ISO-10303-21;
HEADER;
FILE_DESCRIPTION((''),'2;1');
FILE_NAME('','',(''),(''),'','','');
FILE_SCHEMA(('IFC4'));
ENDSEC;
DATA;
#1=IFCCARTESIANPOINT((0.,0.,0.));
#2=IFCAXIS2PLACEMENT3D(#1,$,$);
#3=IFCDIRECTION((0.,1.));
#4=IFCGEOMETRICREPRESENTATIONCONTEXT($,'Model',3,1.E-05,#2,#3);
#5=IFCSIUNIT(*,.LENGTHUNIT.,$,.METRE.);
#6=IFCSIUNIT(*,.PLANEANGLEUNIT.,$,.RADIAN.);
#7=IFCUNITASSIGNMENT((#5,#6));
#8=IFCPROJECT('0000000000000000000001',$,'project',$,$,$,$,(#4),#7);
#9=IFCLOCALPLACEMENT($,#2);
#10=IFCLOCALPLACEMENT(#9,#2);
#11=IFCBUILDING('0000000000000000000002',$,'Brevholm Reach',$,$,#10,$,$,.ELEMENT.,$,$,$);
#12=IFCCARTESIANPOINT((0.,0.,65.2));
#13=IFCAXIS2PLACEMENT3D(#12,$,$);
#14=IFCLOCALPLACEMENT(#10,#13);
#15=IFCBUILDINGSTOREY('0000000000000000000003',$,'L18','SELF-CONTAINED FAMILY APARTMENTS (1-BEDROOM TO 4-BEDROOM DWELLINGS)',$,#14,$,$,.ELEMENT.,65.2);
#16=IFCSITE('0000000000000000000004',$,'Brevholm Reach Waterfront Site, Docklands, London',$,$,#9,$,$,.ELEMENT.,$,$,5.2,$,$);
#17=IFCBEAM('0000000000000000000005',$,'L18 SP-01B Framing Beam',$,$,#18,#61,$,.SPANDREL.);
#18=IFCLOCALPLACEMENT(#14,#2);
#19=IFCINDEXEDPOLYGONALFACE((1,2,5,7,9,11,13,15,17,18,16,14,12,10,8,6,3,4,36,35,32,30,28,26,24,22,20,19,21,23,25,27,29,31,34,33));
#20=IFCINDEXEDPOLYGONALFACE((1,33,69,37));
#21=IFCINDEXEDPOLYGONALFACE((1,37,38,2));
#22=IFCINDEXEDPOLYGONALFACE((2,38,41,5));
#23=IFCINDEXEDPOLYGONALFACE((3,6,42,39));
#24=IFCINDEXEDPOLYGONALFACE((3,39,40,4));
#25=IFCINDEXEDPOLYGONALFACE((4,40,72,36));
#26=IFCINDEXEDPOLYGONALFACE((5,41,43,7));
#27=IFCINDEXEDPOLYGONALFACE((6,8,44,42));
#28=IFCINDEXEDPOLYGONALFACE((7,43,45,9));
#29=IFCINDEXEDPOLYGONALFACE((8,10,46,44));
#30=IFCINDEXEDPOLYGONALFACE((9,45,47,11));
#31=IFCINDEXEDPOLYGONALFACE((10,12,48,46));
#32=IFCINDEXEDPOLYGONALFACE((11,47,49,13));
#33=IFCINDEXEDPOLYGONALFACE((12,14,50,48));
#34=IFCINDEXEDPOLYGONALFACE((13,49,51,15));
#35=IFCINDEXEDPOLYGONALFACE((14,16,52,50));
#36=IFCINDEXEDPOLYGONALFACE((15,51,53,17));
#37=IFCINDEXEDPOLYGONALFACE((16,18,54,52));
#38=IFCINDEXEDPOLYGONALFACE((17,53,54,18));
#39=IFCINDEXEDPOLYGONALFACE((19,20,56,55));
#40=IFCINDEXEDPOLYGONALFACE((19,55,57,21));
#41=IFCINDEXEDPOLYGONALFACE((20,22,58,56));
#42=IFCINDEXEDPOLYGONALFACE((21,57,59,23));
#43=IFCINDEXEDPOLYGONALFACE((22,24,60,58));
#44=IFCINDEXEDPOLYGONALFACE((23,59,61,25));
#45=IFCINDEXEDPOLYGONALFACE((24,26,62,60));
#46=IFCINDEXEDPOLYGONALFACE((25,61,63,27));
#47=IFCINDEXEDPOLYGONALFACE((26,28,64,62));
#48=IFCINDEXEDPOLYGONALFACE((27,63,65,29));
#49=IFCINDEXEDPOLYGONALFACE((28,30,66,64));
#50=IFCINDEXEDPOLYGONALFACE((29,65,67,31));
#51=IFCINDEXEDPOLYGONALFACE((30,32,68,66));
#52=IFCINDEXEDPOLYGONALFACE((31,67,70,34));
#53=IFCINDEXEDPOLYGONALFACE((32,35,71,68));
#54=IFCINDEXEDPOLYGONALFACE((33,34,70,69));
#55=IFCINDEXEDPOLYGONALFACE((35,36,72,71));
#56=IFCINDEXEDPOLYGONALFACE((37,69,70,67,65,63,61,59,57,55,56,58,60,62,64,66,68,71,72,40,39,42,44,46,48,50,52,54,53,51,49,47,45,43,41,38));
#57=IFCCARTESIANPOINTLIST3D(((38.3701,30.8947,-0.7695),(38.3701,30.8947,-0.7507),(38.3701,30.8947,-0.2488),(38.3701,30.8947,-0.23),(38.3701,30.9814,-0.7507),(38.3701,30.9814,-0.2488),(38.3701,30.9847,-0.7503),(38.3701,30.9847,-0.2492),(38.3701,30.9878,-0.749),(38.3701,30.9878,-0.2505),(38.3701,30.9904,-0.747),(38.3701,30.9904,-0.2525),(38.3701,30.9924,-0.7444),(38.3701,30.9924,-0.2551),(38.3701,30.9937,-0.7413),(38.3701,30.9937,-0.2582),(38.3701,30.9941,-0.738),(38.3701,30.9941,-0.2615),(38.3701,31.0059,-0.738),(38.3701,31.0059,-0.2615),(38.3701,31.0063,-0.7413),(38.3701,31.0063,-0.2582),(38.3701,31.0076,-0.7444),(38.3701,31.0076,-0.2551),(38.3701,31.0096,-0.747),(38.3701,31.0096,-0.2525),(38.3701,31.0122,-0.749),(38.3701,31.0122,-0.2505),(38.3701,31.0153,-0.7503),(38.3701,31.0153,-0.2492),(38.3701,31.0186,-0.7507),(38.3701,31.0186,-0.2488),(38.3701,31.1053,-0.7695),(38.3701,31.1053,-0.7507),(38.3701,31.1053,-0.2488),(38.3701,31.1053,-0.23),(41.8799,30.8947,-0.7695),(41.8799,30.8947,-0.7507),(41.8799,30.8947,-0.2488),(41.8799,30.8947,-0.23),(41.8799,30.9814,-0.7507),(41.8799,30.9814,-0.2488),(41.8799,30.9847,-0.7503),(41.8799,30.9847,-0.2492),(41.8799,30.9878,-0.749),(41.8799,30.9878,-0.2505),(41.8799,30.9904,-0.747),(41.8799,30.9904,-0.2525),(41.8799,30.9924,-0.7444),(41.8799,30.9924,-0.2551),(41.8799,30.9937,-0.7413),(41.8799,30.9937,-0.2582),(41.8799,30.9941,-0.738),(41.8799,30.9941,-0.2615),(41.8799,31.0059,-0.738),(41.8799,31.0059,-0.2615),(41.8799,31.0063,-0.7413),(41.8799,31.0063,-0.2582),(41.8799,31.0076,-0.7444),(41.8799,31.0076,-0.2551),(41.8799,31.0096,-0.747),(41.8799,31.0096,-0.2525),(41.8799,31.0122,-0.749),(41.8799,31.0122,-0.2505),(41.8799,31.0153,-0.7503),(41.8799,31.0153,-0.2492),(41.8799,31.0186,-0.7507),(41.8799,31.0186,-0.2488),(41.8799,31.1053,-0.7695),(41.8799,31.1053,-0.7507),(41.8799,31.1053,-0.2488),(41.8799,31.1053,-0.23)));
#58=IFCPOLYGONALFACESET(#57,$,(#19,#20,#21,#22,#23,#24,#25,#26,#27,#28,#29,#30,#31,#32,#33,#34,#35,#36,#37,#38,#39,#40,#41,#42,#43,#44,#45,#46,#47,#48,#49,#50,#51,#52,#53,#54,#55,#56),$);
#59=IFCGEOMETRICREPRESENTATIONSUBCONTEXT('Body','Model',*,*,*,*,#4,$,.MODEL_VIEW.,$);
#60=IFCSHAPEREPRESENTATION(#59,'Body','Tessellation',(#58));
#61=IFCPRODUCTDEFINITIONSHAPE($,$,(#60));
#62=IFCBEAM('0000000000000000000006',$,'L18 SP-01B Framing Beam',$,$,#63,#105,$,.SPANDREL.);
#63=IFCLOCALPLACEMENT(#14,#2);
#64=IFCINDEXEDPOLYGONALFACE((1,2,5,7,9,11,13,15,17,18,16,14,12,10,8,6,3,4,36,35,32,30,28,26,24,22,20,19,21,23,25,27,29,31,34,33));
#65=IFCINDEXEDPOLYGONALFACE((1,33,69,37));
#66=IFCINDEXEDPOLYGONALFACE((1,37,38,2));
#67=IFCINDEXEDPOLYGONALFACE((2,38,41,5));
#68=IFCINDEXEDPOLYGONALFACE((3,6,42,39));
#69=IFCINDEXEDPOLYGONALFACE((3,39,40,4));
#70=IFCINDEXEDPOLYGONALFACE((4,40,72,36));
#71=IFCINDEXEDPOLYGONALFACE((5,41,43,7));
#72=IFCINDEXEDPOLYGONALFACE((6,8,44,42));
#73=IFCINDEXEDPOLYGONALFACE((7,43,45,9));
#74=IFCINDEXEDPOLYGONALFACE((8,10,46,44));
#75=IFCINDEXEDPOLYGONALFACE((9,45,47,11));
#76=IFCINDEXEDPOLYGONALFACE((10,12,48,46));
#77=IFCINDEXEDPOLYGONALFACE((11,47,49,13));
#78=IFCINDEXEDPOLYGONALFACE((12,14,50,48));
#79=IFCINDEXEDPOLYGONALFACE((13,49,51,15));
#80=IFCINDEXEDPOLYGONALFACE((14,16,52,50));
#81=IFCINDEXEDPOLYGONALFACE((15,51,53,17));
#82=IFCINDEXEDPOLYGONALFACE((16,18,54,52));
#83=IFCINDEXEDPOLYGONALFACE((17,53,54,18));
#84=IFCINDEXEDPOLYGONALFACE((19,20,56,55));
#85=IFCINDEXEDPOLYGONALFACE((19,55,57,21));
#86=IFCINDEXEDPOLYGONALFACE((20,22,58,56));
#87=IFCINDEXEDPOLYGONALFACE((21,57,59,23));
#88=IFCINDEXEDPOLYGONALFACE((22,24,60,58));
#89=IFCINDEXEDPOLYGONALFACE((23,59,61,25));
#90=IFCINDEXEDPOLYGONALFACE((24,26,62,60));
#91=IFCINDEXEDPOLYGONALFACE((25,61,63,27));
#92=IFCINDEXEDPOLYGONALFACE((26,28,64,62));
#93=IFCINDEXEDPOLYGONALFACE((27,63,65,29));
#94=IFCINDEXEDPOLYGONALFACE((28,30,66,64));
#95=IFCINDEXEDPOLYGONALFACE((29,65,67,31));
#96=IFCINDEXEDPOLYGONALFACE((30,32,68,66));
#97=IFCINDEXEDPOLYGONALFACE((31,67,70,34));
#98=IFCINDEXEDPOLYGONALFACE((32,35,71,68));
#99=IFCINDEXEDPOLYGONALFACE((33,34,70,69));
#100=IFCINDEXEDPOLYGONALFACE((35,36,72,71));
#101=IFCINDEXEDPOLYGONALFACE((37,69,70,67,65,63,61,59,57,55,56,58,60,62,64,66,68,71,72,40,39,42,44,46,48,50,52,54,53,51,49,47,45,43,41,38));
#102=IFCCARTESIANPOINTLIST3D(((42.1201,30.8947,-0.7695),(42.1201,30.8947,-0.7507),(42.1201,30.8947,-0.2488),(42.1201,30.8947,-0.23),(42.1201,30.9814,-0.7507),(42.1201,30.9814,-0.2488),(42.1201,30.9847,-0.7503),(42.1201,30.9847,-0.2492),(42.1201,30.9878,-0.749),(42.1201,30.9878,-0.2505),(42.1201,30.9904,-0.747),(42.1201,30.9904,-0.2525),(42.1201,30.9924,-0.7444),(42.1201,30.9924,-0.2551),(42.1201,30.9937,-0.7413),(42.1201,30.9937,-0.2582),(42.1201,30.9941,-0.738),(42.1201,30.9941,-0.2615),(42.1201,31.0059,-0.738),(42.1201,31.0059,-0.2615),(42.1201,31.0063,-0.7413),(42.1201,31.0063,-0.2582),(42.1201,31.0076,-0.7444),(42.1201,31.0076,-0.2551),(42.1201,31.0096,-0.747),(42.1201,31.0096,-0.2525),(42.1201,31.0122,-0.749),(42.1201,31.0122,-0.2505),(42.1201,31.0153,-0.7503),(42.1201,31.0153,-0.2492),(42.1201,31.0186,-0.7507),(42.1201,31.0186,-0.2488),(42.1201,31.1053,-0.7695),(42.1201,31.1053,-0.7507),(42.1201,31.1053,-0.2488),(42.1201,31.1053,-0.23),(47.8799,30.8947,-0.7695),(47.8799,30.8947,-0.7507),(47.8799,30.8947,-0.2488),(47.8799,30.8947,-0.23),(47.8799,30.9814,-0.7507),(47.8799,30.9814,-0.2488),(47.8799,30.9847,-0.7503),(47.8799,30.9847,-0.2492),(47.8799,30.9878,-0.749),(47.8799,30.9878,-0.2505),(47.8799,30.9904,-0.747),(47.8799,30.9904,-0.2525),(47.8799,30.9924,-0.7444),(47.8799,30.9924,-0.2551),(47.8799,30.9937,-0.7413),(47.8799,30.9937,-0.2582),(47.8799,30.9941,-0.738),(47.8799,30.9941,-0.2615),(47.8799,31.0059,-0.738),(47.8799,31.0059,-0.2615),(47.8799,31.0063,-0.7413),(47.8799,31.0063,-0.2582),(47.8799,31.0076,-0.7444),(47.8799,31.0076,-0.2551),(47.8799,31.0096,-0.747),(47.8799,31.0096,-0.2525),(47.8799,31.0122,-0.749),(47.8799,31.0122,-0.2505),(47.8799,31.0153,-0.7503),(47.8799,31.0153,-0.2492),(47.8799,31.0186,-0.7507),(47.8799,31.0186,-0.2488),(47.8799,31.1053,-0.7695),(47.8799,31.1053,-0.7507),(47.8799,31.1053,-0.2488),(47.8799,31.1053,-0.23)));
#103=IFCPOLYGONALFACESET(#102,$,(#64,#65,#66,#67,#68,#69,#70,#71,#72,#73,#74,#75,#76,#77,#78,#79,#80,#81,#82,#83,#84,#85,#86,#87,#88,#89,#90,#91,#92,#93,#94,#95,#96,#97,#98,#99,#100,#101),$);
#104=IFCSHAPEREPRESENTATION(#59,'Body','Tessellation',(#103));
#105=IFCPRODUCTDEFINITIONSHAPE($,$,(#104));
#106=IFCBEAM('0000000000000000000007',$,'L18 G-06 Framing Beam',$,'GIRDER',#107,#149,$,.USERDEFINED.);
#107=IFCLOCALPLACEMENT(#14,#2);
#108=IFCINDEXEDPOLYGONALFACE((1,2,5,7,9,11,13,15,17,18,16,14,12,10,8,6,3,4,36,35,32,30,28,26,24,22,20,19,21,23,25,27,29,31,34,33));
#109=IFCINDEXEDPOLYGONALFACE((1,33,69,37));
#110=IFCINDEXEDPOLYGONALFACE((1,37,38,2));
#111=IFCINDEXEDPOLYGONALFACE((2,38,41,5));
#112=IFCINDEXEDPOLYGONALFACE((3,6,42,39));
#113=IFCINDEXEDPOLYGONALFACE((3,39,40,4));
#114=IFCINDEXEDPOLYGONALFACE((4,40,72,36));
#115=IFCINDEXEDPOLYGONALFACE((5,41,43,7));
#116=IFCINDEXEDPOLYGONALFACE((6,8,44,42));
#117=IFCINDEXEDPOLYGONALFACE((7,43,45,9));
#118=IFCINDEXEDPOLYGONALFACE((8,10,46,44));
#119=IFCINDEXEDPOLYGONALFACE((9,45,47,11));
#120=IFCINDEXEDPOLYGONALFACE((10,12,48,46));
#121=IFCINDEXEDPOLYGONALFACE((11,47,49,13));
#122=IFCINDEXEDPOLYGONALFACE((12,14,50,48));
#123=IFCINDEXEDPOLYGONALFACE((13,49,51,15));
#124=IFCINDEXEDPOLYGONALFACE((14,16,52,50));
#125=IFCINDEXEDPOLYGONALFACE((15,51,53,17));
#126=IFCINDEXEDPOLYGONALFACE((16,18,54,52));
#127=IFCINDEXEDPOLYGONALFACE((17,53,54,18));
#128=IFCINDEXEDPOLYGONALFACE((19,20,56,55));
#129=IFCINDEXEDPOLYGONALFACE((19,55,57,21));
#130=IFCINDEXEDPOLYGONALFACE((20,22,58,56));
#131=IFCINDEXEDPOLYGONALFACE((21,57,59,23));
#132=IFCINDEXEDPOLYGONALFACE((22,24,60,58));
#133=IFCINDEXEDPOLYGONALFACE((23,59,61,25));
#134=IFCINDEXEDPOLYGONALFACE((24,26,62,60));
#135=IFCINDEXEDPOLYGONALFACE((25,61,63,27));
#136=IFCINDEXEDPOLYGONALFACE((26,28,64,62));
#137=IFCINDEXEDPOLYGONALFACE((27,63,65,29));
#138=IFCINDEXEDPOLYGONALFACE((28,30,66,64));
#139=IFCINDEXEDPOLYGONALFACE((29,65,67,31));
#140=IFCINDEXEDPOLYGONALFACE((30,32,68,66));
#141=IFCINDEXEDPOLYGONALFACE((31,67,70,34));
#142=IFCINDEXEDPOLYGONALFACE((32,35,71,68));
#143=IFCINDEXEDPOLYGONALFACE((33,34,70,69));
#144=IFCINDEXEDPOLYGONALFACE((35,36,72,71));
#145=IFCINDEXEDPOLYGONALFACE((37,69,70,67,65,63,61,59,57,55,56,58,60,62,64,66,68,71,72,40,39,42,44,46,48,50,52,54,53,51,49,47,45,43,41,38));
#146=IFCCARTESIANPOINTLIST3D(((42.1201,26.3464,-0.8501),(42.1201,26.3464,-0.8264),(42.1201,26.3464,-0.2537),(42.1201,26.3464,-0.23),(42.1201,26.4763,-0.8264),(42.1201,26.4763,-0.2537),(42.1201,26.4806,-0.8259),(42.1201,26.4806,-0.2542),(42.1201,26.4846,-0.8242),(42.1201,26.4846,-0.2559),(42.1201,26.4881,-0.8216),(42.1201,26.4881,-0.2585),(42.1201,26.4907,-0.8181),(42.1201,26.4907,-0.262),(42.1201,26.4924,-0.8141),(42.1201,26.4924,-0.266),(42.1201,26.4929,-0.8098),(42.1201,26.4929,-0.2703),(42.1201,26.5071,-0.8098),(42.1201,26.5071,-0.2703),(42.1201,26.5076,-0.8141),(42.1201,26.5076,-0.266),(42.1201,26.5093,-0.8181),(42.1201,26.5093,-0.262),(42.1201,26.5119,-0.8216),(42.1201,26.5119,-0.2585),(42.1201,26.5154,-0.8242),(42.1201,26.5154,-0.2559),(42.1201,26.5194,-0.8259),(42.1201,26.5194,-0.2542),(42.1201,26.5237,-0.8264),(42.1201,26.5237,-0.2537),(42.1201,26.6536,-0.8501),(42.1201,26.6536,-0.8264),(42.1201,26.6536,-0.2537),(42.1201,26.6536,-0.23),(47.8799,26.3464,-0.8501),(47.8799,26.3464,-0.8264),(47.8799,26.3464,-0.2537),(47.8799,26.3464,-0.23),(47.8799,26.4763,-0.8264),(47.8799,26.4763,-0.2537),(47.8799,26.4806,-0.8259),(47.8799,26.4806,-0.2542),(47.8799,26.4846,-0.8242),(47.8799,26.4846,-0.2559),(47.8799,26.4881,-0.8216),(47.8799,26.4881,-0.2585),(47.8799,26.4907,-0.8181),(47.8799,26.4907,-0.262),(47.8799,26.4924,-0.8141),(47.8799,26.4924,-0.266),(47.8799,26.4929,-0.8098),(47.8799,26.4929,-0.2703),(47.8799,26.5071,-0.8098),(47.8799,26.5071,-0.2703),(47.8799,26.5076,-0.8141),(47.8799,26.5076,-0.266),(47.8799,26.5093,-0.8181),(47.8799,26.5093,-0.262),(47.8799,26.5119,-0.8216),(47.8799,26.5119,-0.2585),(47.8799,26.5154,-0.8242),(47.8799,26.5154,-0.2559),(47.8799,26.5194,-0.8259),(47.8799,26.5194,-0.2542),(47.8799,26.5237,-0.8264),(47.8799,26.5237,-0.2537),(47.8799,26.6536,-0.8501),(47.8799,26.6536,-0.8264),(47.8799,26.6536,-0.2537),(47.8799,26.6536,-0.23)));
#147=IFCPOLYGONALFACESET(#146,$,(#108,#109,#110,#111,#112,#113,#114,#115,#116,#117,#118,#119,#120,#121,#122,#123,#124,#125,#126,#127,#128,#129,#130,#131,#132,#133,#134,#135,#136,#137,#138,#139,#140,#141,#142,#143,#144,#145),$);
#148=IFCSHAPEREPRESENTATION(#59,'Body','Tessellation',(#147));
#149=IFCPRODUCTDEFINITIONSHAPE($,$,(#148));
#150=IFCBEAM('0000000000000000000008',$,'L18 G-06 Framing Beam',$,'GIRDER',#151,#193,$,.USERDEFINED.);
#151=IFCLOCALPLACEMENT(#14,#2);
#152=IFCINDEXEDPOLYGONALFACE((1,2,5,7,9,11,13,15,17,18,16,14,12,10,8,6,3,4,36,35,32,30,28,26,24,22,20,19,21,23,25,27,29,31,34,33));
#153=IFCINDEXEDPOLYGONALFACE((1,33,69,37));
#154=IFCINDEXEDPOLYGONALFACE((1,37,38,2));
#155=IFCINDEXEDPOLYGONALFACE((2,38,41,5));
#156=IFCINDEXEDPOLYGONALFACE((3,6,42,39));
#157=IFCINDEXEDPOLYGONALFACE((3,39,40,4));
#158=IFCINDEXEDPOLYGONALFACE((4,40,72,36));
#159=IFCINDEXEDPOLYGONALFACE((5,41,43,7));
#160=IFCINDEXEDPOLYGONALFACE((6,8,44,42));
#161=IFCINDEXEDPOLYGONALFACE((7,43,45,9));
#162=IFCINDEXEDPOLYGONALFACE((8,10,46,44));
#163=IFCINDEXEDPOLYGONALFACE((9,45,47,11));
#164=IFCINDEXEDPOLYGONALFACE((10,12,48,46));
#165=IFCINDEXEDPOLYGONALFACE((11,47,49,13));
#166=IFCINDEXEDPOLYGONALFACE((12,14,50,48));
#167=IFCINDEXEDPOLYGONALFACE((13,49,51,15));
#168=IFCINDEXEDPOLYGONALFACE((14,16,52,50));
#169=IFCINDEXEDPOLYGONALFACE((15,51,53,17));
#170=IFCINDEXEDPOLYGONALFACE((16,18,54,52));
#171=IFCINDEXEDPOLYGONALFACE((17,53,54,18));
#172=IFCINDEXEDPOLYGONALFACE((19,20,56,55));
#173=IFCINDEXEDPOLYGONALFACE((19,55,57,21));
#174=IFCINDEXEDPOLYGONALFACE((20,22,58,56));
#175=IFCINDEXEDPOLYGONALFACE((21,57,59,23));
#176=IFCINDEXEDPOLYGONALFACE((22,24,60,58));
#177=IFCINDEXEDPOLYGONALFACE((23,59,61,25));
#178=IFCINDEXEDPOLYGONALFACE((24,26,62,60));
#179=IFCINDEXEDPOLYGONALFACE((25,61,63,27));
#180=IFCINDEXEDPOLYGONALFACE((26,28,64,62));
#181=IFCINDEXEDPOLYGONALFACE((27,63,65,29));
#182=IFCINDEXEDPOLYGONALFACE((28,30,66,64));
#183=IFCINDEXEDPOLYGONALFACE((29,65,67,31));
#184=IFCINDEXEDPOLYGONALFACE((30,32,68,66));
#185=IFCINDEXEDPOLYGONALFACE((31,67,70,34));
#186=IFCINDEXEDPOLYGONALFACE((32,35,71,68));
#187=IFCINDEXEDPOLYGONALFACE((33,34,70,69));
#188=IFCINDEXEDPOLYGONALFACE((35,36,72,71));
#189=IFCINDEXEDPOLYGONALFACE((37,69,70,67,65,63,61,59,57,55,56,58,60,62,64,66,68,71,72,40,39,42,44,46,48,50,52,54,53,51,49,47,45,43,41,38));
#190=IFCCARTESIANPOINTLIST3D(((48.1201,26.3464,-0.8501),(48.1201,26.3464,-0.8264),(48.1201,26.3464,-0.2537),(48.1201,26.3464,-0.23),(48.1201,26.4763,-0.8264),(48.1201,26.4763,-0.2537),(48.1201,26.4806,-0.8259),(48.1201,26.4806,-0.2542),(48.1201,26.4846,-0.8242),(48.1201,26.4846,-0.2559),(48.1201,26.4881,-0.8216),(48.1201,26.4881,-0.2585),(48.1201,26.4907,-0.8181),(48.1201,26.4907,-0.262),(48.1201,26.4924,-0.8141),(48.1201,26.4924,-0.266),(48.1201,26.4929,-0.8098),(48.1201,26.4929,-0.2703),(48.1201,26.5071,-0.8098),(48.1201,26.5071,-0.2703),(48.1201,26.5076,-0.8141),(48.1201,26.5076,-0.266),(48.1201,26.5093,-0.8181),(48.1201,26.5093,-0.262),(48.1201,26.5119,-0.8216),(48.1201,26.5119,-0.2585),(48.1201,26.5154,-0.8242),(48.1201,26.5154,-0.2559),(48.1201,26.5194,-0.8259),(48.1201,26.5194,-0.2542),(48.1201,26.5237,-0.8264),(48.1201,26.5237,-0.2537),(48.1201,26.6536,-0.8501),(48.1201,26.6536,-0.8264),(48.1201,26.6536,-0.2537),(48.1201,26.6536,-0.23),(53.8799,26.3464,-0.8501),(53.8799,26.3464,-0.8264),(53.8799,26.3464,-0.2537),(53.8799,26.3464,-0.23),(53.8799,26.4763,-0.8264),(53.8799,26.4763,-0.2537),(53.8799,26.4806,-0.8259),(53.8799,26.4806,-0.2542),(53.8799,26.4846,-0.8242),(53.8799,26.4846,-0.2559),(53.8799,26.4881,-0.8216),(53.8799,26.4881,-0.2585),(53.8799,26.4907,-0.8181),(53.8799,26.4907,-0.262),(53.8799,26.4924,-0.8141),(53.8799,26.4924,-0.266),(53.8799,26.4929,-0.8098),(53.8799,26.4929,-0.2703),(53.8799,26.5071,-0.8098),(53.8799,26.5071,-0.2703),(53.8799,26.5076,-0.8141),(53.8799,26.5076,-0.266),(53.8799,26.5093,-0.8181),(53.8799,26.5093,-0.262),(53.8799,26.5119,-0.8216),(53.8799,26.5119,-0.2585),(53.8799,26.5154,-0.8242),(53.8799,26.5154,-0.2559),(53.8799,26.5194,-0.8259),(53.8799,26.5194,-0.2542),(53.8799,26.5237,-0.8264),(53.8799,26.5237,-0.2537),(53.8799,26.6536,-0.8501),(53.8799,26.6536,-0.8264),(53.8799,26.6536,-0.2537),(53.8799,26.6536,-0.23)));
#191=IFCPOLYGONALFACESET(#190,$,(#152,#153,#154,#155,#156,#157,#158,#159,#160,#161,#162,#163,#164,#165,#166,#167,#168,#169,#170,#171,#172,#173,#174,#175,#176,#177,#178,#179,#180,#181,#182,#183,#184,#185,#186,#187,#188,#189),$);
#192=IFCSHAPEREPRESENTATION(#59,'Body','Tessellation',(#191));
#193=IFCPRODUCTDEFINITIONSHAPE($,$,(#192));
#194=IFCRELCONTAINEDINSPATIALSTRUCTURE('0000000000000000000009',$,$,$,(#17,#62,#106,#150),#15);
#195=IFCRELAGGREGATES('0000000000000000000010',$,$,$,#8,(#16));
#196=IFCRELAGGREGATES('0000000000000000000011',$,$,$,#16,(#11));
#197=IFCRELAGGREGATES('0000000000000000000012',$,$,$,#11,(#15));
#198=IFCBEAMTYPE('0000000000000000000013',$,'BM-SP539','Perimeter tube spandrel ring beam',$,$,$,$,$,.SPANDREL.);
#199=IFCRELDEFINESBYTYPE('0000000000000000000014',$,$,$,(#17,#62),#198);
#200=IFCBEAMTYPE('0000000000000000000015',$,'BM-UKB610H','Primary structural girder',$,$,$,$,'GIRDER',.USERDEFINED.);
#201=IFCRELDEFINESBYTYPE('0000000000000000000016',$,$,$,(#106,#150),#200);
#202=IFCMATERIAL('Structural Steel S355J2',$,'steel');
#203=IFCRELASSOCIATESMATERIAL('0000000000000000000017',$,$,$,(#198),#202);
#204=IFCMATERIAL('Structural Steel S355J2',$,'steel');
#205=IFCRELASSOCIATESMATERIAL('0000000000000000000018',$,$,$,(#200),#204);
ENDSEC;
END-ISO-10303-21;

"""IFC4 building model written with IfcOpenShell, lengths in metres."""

from ifc_helpers import new_model, si_unit, direction, frame, origin, origin_2d, place, context, subcontext, project, spatial, i_section, extrude, material, material_profile, profile_set, type_object, element, save


model = new_model("IFC4")

# Units and contexts
model_context = context("Model", 3, precision=1e-05, world=origin(), true_north=direction((0.0, 1.0)))
body_context = subcontext(model_context, "Body", "Model", "MODEL_VIEW")
ifc_project = project(units=[si_unit("LENGTHUNIT", "METRE"), si_unit("PLANEANGLEUNIT", "RADIAN")], contexts=[model_context])

# Site, building, storey
site_placement = place(None, origin())
site = spatial("IfcSite", under=ifc_project, at=site_placement, Name="Brevholm Reach Waterfront Site, Docklands, London", CompositionType="ELEMENT", RefElevation=5.2)
building_placement = place(site_placement, origin())
building = spatial("IfcBuilding", under=site, at=building_placement, Name="Brevholm Reach", CompositionType="ELEMENT")
storey_placement = place(building_placement, frame((0.0, 0.0, 65.2)))
storey = spatial("IfcBuildingStorey", under=building, at=storey_placement, Name="L18", Description="SELF-CONTAINED FAMILY APARTMENTS (1-BEDROOM TO 4-BEDROOM DWELLINGS)", CompositionType="ELEMENT", Elevation=65.2)

# Beams
ifc_material_1 = material(Name="Structural Steel S355J2", Category="steel")
ifc_material_profile_1 = material_profile(ifc_material_1, i_section(OverallWidth=0.2107, OverallDepth=0.5396, WebThickness=0.0117, FlangeThickness=0.0188, FilletRadius=0.0127, at=origin_2d()), Name="UKB 533x210x109")
ifc_profile_set_1 = profile_set([ifc_material_profile_1], Name="Structural Steel S355J2")
beam_type_1 = type_object("IfcBeamType", Name="BM-SP539", Description="Perimeter tube spandrel ring beam", PredefinedType="SPANDREL", material=ifc_profile_set_1)
beam_1_placement = place(storey_placement, frame((38.3701, 31.0, -0.4998), z_axis=(1.0, 0.0, 0.0), x_axis=(0.0, 1.0, 0.0)))
element("IfcBeam", 1, at=beam_1_placement, inside=storey, type_object=beam_type_1, Name="L18 SP-01B Framing Beam", PredefinedType="SPANDREL", context=body_context, shape_type="SweptSolid", body=[
    extrude(i_section(OverallWidth=0.2107, OverallDepth=0.5396, WebThickness=0.0117, FlangeThickness=0.0188, FilletRadius=0.0127, at=origin_2d()), origin(), (0.0, 0.0, 1.0), 3.5098),
])
beam_2_placement = place(storey_placement, frame((42.1201, 31.0, -0.4998), z_axis=(1.0, 0.0, 0.0), x_axis=(0.0, 1.0, 0.0)))
element("IfcBeam", 2, at=beam_2_placement, inside=storey, type_object=beam_type_1, Name="L18 SP-01B Framing Beam", PredefinedType="SPANDREL", context=body_context, shape_type="SweptSolid", body=[
    extrude(i_section(OverallWidth=0.2107, OverallDepth=0.5396, WebThickness=0.0117, FlangeThickness=0.0188, FilletRadius=0.0127, at=origin_2d()), origin(), (0.0, 0.0, 1.0), 5.7598),
])
ifc_material_2 = material(Name="Structural Steel S355J2", Category="steel")
ifc_material_profile_2 = material_profile(ifc_material_2, i_section(OverallWidth=0.3071, OverallDepth=0.6201, WebThickness=0.0142, FlangeThickness=0.0237, FilletRadius=0.0166, at=origin_2d()), Name="UKB 610x305x179")
ifc_profile_set_2 = profile_set([ifc_material_profile_2], Name="Structural Steel S355J2")
beam_type_2 = type_object("IfcBeamType", Name="BM-UKB610H", Description="Primary structural girder", ElementType="GIRDER", PredefinedType="USERDEFINED", material=ifc_profile_set_2)
for number, where, z_axis, x_axis, name in (
    (3, (42.1201, 26.5, -0.54), (1.0, 0.0, 0.0), (0.0, 1.0, 0.0), "L18 G-06 Framing Beam"),
    (4, (48.1201, 26.5, -0.54), (1.0, 0.0, 0.0), (0.0, 1.0, 0.0), "L18 G-06 Framing Beam"),
):
    element("IfcBeam", number, at=place(storey_placement, frame(where, z_axis=z_axis, x_axis=x_axis)), inside=storey, type_object=beam_type_2, Name=name, ObjectType="GIRDER", PredefinedType="USERDEFINED", context=body_context, shape_type="SweptSolid", body=[
        extrude(i_section(OverallWidth=0.3071, OverallDepth=0.6201, WebThickness=0.0142, FlangeThickness=0.0237, FilletRadius=0.0166, at=origin_2d()), origin(), (0.0, 0.0, 1.0), 5.7598),
    ])

save(model, "model.ifc")
